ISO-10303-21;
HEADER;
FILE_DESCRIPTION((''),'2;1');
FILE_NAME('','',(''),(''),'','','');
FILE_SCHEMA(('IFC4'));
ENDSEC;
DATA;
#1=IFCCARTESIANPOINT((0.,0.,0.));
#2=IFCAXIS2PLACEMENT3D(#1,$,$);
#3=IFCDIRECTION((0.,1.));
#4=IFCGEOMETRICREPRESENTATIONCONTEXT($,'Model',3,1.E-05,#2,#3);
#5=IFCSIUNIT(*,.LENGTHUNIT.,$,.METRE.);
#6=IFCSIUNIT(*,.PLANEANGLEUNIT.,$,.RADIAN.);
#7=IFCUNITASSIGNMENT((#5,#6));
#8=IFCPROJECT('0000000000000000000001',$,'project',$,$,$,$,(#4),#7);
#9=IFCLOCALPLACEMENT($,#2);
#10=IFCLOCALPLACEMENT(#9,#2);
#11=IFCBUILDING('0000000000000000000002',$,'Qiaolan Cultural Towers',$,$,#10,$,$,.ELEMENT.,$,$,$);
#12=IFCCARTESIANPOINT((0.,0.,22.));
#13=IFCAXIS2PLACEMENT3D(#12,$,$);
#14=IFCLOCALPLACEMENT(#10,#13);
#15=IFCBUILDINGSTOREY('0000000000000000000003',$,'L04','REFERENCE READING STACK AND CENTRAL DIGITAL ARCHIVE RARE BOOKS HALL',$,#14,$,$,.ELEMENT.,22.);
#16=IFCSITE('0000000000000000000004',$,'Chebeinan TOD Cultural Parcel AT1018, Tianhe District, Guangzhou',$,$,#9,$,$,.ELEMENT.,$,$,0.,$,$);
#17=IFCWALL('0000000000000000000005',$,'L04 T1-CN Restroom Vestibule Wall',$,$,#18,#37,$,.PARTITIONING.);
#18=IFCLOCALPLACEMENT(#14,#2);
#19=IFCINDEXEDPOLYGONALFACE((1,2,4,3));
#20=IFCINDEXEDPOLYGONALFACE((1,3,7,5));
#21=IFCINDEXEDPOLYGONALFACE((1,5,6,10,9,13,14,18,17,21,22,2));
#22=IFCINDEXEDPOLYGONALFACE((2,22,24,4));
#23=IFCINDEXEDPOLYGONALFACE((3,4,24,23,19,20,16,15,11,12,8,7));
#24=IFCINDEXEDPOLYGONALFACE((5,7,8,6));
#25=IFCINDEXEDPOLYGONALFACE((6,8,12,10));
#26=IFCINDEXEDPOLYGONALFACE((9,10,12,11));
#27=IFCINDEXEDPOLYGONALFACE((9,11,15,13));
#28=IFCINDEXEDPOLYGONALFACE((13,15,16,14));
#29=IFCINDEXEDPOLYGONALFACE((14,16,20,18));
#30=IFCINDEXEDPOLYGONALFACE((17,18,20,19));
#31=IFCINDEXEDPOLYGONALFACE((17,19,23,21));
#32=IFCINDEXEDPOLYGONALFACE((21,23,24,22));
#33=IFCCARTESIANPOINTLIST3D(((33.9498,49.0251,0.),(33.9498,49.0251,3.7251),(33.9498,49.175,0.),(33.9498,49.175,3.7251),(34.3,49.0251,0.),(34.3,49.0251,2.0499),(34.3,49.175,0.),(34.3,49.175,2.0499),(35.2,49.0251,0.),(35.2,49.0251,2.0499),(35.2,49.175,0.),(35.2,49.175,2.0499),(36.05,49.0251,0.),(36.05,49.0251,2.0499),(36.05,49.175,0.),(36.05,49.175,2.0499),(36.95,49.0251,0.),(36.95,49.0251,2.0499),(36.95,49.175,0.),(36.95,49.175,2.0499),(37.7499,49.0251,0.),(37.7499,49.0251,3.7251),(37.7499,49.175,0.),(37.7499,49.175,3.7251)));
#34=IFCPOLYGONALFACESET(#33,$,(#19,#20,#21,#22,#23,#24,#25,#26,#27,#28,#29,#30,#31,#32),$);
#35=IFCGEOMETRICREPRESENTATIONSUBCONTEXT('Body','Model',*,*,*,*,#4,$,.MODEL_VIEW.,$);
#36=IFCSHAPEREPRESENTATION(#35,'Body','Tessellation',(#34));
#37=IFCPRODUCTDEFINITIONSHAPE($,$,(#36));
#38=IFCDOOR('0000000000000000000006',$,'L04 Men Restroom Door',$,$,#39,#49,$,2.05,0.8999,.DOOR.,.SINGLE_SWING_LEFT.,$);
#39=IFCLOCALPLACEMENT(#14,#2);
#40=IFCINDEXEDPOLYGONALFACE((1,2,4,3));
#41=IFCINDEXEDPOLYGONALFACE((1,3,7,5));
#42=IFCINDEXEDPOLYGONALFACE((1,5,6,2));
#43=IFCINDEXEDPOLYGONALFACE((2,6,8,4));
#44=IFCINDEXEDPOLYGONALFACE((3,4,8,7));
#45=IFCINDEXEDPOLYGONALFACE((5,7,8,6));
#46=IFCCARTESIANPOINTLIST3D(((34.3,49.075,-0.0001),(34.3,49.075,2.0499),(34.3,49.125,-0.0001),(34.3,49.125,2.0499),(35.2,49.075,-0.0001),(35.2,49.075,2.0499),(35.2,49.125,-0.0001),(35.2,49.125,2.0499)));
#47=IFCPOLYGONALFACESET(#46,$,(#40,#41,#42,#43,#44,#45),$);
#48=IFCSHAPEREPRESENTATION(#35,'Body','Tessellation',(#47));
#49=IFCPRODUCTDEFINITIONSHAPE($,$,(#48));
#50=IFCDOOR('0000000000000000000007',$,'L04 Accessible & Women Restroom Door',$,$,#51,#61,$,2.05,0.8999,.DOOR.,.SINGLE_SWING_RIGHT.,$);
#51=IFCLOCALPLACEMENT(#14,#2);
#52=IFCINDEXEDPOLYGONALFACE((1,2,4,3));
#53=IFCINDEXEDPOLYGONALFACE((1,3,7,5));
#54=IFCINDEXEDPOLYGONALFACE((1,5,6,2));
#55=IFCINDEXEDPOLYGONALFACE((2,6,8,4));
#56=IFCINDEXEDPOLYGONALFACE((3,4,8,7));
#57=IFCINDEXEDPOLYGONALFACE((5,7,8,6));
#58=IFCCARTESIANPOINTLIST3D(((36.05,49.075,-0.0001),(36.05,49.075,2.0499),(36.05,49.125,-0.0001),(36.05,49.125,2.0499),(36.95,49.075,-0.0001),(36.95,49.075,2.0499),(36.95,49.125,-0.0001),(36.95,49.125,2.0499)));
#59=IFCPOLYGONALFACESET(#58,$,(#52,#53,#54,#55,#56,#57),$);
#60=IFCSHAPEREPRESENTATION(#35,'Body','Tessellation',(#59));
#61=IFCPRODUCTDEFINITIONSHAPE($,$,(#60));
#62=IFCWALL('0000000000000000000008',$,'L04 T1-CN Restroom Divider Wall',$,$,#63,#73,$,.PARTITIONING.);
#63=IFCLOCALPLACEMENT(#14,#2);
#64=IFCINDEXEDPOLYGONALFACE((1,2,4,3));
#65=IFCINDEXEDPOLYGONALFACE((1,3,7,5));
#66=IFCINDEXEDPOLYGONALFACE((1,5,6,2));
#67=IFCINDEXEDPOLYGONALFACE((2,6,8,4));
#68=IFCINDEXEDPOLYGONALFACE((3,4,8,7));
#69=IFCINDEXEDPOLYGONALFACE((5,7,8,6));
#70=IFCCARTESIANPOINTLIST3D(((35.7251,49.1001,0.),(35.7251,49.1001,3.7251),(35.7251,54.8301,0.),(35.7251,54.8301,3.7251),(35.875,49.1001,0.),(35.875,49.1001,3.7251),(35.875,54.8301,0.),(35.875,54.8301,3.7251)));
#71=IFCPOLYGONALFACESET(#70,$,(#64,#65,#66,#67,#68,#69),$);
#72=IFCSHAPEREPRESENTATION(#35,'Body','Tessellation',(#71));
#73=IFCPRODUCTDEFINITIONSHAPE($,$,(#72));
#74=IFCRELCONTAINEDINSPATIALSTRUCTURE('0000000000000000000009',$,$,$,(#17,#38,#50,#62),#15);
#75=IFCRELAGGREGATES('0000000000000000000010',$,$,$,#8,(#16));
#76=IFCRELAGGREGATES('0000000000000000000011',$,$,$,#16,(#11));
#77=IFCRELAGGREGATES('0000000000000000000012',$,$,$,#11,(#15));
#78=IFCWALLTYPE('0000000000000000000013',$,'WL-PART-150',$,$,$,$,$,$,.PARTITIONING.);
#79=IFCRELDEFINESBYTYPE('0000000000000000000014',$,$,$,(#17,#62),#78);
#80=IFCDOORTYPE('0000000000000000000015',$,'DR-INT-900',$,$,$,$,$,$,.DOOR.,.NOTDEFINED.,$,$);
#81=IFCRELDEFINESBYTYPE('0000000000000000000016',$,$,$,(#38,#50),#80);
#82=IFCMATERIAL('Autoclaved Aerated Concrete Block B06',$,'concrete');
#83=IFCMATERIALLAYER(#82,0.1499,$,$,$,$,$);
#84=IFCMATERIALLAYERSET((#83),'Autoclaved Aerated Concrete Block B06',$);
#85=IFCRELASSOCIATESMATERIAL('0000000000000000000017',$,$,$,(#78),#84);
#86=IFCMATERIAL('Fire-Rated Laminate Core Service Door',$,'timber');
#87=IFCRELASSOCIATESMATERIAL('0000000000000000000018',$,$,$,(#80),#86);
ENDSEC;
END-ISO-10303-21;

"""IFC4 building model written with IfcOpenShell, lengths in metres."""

from ifc_helpers import new_model, si_unit, direction, frame, frame_2d, origin, place, context, subcontext, project, spatial, rectangle, extrude, material, layer, layer_set, type_object, element, fill, save


model = new_model("IFC4")

# Units and contexts
model_context = context("Model", 3, precision=1e-05, world=origin(), true_north=direction((0.0, 1.0)))
body_context = subcontext(model_context, "Body", "Model", "MODEL_VIEW")
ifc_project = project(units=[si_unit("LENGTHUNIT", "METRE"), si_unit("PLANEANGLEUNIT", "RADIAN")], contexts=[model_context])

# Site, building, storey
site_placement = place(None, origin())
site = spatial("IfcSite", under=ifc_project, at=site_placement, Name="Chebeinan TOD Cultural Parcel AT1018, Tianhe District, Guangzhou", CompositionType="ELEMENT", RefElevation=0.0)
building_placement = place(site_placement, origin())
building = spatial("IfcBuilding", under=site, at=building_placement, Name="Qiaolan Cultural Towers", CompositionType="ELEMENT")
storey_placement = place(building_placement, frame((0.0, 0.0, 22.0)))
storey = spatial("IfcBuildingStorey", under=building, at=storey_placement, Name="L04", Description="REFERENCE READING STACK AND CENTRAL DIGITAL ARCHIVE RARE BOOKS HALL", CompositionType="ELEMENT", Elevation=22.0)

# Shared definitions
ifc_material_1 = material(Name="Autoclaved Aerated Concrete Block B06", Category="concrete")
ifc_layer_1 = layer(ifc_material_1, 0.1499)
ifc_layer_set_1 = layer_set([ifc_layer_1], Name="Autoclaved Aerated Concrete Block B06")
wall_type_1 = type_object("IfcWallType", Name="WL-PART-150", PredefinedType="PARTITIONING", material=ifc_layer_set_1)

# Wall, openings, doors
wall_1_placement = place(storey_placement, frame((33.95, 49.1001, 0.0), z_axis=(0.0, 0.0, 1.0), x_axis=(1.0, 0.0, 0.0)))
wall_1 = element("IfcWall", 1, at=wall_1_placement, inside=storey, type_object=wall_type_1, Name="L04 T1-CN Restroom Vestibule Wall", PredefinedType="PARTITIONING", context=body_context, shape_type="SweptSolid", body=[
    extrude(rectangle(XDim=3.8, YDim=0.1499, at=frame_2d((1.8999, 0.0))), origin(), (0.0, 0.0, 1.0), 3.7251),
])
opening_1_placement = place(wall_1_placement, frame((0.3501, 0.0, 0.0)))
opening_1 = element("IfcOpeningElement", 2, at=opening_1_placement, cuts=wall_1, PredefinedType="OPENING", context=body_context, shape_type="SweptSolid", body=[
    extrude(rectangle(XDim=0.8999, YDim=2.05, at=frame_2d((0.45, 1.0249))), frame((0.0, 0.085, 0.0), z_axis=(0.0, -1.0, 0.0), x_axis=(1.0, 0.0, 0.0)), (0.0, 0.0, 1.0), 0.1699),
])
opening_2_placement = place(wall_1_placement, frame((2.1001, 0.0, 0.0)))
opening_2 = element("IfcOpeningElement", 3, at=opening_2_placement, cuts=wall_1, PredefinedType="OPENING", context=body_context, shape_type="SweptSolid", body=[
    extrude(rectangle(XDim=0.8999, YDim=2.05, at=frame_2d((0.45, 1.0249))), frame((0.0, 0.085, 0.0), z_axis=(0.0, -1.0, 0.0), x_axis=(1.0, 0.0, 0.0)), (0.0, 0.0, 1.0), 0.1699),
])
ifc_material_2 = material(Name="Fire-Rated Laminate Core Service Door", Category="timber")
door_type_1 = type_object("IfcDoorType", Name="DR-INT-900", OperationType="NOTDEFINED", PredefinedType="DOOR", material=ifc_material_2)
door_1_placement = place(opening_1_placement, origin())
door_1 = element("IfcDoor", 4, at=door_1_placement, inside=storey, type_object=door_type_1, Name="L04 Men Restroom Door", OperationType="SINGLE_SWING_LEFT", OverallHeight=2.05, OverallWidth=0.8999, PredefinedType="DOOR", context=body_context, shape_type="SweptSolid", body=[
    extrude(rectangle(XDim=0.8999, YDim=2.05, at=frame_2d((0.45, 1.0249))), frame((0.0, 0.0249, 0.0), z_axis=(0.0, -1.0, 0.0), x_axis=(1.0, 0.0, 0.0)), (0.0, 0.0, 1.0), 0.05),
])
fill(opening_1, door_1)
door_2_placement = place(opening_2_placement, origin())
door_2 = element("IfcDoor", 5, at=door_2_placement, inside=storey, type_object=door_type_1, Name="L04 Accessible & Women Restroom Door", OperationType="SINGLE_SWING_RIGHT", OverallHeight=2.05, OverallWidth=0.8999, PredefinedType="DOOR", context=body_context, shape_type="SweptSolid", body=[
    extrude(rectangle(XDim=0.8999, YDim=2.05, at=frame_2d((0.45, 1.0249))), frame((0.0, 0.0249, 0.0), z_axis=(0.0, -1.0, 0.0), x_axis=(1.0, 0.0, 0.0)), (0.0, 0.0, 1.0), 0.05),
])
fill(opening_2, door_2)

# Wall
wall_2_placement = place(storey_placement, frame((35.8, 49.1001, 0.0), z_axis=(0.0, 0.0, 1.0), x_axis=(0.0, 1.0, 0.0)))
element("IfcWall", 6, at=wall_2_placement, inside=storey, type_object=wall_type_1, Name="L04 T1-CN Restroom Divider Wall", PredefinedType="PARTITIONING", context=body_context, shape_type="SweptSolid", body=[
    extrude(rectangle(XDim=5.73, YDim=0.1499, at=frame_2d((2.865, 0.0))), origin(), (0.0, 0.0, 1.0), 3.7251),
])

save(model, "model.ifc")
